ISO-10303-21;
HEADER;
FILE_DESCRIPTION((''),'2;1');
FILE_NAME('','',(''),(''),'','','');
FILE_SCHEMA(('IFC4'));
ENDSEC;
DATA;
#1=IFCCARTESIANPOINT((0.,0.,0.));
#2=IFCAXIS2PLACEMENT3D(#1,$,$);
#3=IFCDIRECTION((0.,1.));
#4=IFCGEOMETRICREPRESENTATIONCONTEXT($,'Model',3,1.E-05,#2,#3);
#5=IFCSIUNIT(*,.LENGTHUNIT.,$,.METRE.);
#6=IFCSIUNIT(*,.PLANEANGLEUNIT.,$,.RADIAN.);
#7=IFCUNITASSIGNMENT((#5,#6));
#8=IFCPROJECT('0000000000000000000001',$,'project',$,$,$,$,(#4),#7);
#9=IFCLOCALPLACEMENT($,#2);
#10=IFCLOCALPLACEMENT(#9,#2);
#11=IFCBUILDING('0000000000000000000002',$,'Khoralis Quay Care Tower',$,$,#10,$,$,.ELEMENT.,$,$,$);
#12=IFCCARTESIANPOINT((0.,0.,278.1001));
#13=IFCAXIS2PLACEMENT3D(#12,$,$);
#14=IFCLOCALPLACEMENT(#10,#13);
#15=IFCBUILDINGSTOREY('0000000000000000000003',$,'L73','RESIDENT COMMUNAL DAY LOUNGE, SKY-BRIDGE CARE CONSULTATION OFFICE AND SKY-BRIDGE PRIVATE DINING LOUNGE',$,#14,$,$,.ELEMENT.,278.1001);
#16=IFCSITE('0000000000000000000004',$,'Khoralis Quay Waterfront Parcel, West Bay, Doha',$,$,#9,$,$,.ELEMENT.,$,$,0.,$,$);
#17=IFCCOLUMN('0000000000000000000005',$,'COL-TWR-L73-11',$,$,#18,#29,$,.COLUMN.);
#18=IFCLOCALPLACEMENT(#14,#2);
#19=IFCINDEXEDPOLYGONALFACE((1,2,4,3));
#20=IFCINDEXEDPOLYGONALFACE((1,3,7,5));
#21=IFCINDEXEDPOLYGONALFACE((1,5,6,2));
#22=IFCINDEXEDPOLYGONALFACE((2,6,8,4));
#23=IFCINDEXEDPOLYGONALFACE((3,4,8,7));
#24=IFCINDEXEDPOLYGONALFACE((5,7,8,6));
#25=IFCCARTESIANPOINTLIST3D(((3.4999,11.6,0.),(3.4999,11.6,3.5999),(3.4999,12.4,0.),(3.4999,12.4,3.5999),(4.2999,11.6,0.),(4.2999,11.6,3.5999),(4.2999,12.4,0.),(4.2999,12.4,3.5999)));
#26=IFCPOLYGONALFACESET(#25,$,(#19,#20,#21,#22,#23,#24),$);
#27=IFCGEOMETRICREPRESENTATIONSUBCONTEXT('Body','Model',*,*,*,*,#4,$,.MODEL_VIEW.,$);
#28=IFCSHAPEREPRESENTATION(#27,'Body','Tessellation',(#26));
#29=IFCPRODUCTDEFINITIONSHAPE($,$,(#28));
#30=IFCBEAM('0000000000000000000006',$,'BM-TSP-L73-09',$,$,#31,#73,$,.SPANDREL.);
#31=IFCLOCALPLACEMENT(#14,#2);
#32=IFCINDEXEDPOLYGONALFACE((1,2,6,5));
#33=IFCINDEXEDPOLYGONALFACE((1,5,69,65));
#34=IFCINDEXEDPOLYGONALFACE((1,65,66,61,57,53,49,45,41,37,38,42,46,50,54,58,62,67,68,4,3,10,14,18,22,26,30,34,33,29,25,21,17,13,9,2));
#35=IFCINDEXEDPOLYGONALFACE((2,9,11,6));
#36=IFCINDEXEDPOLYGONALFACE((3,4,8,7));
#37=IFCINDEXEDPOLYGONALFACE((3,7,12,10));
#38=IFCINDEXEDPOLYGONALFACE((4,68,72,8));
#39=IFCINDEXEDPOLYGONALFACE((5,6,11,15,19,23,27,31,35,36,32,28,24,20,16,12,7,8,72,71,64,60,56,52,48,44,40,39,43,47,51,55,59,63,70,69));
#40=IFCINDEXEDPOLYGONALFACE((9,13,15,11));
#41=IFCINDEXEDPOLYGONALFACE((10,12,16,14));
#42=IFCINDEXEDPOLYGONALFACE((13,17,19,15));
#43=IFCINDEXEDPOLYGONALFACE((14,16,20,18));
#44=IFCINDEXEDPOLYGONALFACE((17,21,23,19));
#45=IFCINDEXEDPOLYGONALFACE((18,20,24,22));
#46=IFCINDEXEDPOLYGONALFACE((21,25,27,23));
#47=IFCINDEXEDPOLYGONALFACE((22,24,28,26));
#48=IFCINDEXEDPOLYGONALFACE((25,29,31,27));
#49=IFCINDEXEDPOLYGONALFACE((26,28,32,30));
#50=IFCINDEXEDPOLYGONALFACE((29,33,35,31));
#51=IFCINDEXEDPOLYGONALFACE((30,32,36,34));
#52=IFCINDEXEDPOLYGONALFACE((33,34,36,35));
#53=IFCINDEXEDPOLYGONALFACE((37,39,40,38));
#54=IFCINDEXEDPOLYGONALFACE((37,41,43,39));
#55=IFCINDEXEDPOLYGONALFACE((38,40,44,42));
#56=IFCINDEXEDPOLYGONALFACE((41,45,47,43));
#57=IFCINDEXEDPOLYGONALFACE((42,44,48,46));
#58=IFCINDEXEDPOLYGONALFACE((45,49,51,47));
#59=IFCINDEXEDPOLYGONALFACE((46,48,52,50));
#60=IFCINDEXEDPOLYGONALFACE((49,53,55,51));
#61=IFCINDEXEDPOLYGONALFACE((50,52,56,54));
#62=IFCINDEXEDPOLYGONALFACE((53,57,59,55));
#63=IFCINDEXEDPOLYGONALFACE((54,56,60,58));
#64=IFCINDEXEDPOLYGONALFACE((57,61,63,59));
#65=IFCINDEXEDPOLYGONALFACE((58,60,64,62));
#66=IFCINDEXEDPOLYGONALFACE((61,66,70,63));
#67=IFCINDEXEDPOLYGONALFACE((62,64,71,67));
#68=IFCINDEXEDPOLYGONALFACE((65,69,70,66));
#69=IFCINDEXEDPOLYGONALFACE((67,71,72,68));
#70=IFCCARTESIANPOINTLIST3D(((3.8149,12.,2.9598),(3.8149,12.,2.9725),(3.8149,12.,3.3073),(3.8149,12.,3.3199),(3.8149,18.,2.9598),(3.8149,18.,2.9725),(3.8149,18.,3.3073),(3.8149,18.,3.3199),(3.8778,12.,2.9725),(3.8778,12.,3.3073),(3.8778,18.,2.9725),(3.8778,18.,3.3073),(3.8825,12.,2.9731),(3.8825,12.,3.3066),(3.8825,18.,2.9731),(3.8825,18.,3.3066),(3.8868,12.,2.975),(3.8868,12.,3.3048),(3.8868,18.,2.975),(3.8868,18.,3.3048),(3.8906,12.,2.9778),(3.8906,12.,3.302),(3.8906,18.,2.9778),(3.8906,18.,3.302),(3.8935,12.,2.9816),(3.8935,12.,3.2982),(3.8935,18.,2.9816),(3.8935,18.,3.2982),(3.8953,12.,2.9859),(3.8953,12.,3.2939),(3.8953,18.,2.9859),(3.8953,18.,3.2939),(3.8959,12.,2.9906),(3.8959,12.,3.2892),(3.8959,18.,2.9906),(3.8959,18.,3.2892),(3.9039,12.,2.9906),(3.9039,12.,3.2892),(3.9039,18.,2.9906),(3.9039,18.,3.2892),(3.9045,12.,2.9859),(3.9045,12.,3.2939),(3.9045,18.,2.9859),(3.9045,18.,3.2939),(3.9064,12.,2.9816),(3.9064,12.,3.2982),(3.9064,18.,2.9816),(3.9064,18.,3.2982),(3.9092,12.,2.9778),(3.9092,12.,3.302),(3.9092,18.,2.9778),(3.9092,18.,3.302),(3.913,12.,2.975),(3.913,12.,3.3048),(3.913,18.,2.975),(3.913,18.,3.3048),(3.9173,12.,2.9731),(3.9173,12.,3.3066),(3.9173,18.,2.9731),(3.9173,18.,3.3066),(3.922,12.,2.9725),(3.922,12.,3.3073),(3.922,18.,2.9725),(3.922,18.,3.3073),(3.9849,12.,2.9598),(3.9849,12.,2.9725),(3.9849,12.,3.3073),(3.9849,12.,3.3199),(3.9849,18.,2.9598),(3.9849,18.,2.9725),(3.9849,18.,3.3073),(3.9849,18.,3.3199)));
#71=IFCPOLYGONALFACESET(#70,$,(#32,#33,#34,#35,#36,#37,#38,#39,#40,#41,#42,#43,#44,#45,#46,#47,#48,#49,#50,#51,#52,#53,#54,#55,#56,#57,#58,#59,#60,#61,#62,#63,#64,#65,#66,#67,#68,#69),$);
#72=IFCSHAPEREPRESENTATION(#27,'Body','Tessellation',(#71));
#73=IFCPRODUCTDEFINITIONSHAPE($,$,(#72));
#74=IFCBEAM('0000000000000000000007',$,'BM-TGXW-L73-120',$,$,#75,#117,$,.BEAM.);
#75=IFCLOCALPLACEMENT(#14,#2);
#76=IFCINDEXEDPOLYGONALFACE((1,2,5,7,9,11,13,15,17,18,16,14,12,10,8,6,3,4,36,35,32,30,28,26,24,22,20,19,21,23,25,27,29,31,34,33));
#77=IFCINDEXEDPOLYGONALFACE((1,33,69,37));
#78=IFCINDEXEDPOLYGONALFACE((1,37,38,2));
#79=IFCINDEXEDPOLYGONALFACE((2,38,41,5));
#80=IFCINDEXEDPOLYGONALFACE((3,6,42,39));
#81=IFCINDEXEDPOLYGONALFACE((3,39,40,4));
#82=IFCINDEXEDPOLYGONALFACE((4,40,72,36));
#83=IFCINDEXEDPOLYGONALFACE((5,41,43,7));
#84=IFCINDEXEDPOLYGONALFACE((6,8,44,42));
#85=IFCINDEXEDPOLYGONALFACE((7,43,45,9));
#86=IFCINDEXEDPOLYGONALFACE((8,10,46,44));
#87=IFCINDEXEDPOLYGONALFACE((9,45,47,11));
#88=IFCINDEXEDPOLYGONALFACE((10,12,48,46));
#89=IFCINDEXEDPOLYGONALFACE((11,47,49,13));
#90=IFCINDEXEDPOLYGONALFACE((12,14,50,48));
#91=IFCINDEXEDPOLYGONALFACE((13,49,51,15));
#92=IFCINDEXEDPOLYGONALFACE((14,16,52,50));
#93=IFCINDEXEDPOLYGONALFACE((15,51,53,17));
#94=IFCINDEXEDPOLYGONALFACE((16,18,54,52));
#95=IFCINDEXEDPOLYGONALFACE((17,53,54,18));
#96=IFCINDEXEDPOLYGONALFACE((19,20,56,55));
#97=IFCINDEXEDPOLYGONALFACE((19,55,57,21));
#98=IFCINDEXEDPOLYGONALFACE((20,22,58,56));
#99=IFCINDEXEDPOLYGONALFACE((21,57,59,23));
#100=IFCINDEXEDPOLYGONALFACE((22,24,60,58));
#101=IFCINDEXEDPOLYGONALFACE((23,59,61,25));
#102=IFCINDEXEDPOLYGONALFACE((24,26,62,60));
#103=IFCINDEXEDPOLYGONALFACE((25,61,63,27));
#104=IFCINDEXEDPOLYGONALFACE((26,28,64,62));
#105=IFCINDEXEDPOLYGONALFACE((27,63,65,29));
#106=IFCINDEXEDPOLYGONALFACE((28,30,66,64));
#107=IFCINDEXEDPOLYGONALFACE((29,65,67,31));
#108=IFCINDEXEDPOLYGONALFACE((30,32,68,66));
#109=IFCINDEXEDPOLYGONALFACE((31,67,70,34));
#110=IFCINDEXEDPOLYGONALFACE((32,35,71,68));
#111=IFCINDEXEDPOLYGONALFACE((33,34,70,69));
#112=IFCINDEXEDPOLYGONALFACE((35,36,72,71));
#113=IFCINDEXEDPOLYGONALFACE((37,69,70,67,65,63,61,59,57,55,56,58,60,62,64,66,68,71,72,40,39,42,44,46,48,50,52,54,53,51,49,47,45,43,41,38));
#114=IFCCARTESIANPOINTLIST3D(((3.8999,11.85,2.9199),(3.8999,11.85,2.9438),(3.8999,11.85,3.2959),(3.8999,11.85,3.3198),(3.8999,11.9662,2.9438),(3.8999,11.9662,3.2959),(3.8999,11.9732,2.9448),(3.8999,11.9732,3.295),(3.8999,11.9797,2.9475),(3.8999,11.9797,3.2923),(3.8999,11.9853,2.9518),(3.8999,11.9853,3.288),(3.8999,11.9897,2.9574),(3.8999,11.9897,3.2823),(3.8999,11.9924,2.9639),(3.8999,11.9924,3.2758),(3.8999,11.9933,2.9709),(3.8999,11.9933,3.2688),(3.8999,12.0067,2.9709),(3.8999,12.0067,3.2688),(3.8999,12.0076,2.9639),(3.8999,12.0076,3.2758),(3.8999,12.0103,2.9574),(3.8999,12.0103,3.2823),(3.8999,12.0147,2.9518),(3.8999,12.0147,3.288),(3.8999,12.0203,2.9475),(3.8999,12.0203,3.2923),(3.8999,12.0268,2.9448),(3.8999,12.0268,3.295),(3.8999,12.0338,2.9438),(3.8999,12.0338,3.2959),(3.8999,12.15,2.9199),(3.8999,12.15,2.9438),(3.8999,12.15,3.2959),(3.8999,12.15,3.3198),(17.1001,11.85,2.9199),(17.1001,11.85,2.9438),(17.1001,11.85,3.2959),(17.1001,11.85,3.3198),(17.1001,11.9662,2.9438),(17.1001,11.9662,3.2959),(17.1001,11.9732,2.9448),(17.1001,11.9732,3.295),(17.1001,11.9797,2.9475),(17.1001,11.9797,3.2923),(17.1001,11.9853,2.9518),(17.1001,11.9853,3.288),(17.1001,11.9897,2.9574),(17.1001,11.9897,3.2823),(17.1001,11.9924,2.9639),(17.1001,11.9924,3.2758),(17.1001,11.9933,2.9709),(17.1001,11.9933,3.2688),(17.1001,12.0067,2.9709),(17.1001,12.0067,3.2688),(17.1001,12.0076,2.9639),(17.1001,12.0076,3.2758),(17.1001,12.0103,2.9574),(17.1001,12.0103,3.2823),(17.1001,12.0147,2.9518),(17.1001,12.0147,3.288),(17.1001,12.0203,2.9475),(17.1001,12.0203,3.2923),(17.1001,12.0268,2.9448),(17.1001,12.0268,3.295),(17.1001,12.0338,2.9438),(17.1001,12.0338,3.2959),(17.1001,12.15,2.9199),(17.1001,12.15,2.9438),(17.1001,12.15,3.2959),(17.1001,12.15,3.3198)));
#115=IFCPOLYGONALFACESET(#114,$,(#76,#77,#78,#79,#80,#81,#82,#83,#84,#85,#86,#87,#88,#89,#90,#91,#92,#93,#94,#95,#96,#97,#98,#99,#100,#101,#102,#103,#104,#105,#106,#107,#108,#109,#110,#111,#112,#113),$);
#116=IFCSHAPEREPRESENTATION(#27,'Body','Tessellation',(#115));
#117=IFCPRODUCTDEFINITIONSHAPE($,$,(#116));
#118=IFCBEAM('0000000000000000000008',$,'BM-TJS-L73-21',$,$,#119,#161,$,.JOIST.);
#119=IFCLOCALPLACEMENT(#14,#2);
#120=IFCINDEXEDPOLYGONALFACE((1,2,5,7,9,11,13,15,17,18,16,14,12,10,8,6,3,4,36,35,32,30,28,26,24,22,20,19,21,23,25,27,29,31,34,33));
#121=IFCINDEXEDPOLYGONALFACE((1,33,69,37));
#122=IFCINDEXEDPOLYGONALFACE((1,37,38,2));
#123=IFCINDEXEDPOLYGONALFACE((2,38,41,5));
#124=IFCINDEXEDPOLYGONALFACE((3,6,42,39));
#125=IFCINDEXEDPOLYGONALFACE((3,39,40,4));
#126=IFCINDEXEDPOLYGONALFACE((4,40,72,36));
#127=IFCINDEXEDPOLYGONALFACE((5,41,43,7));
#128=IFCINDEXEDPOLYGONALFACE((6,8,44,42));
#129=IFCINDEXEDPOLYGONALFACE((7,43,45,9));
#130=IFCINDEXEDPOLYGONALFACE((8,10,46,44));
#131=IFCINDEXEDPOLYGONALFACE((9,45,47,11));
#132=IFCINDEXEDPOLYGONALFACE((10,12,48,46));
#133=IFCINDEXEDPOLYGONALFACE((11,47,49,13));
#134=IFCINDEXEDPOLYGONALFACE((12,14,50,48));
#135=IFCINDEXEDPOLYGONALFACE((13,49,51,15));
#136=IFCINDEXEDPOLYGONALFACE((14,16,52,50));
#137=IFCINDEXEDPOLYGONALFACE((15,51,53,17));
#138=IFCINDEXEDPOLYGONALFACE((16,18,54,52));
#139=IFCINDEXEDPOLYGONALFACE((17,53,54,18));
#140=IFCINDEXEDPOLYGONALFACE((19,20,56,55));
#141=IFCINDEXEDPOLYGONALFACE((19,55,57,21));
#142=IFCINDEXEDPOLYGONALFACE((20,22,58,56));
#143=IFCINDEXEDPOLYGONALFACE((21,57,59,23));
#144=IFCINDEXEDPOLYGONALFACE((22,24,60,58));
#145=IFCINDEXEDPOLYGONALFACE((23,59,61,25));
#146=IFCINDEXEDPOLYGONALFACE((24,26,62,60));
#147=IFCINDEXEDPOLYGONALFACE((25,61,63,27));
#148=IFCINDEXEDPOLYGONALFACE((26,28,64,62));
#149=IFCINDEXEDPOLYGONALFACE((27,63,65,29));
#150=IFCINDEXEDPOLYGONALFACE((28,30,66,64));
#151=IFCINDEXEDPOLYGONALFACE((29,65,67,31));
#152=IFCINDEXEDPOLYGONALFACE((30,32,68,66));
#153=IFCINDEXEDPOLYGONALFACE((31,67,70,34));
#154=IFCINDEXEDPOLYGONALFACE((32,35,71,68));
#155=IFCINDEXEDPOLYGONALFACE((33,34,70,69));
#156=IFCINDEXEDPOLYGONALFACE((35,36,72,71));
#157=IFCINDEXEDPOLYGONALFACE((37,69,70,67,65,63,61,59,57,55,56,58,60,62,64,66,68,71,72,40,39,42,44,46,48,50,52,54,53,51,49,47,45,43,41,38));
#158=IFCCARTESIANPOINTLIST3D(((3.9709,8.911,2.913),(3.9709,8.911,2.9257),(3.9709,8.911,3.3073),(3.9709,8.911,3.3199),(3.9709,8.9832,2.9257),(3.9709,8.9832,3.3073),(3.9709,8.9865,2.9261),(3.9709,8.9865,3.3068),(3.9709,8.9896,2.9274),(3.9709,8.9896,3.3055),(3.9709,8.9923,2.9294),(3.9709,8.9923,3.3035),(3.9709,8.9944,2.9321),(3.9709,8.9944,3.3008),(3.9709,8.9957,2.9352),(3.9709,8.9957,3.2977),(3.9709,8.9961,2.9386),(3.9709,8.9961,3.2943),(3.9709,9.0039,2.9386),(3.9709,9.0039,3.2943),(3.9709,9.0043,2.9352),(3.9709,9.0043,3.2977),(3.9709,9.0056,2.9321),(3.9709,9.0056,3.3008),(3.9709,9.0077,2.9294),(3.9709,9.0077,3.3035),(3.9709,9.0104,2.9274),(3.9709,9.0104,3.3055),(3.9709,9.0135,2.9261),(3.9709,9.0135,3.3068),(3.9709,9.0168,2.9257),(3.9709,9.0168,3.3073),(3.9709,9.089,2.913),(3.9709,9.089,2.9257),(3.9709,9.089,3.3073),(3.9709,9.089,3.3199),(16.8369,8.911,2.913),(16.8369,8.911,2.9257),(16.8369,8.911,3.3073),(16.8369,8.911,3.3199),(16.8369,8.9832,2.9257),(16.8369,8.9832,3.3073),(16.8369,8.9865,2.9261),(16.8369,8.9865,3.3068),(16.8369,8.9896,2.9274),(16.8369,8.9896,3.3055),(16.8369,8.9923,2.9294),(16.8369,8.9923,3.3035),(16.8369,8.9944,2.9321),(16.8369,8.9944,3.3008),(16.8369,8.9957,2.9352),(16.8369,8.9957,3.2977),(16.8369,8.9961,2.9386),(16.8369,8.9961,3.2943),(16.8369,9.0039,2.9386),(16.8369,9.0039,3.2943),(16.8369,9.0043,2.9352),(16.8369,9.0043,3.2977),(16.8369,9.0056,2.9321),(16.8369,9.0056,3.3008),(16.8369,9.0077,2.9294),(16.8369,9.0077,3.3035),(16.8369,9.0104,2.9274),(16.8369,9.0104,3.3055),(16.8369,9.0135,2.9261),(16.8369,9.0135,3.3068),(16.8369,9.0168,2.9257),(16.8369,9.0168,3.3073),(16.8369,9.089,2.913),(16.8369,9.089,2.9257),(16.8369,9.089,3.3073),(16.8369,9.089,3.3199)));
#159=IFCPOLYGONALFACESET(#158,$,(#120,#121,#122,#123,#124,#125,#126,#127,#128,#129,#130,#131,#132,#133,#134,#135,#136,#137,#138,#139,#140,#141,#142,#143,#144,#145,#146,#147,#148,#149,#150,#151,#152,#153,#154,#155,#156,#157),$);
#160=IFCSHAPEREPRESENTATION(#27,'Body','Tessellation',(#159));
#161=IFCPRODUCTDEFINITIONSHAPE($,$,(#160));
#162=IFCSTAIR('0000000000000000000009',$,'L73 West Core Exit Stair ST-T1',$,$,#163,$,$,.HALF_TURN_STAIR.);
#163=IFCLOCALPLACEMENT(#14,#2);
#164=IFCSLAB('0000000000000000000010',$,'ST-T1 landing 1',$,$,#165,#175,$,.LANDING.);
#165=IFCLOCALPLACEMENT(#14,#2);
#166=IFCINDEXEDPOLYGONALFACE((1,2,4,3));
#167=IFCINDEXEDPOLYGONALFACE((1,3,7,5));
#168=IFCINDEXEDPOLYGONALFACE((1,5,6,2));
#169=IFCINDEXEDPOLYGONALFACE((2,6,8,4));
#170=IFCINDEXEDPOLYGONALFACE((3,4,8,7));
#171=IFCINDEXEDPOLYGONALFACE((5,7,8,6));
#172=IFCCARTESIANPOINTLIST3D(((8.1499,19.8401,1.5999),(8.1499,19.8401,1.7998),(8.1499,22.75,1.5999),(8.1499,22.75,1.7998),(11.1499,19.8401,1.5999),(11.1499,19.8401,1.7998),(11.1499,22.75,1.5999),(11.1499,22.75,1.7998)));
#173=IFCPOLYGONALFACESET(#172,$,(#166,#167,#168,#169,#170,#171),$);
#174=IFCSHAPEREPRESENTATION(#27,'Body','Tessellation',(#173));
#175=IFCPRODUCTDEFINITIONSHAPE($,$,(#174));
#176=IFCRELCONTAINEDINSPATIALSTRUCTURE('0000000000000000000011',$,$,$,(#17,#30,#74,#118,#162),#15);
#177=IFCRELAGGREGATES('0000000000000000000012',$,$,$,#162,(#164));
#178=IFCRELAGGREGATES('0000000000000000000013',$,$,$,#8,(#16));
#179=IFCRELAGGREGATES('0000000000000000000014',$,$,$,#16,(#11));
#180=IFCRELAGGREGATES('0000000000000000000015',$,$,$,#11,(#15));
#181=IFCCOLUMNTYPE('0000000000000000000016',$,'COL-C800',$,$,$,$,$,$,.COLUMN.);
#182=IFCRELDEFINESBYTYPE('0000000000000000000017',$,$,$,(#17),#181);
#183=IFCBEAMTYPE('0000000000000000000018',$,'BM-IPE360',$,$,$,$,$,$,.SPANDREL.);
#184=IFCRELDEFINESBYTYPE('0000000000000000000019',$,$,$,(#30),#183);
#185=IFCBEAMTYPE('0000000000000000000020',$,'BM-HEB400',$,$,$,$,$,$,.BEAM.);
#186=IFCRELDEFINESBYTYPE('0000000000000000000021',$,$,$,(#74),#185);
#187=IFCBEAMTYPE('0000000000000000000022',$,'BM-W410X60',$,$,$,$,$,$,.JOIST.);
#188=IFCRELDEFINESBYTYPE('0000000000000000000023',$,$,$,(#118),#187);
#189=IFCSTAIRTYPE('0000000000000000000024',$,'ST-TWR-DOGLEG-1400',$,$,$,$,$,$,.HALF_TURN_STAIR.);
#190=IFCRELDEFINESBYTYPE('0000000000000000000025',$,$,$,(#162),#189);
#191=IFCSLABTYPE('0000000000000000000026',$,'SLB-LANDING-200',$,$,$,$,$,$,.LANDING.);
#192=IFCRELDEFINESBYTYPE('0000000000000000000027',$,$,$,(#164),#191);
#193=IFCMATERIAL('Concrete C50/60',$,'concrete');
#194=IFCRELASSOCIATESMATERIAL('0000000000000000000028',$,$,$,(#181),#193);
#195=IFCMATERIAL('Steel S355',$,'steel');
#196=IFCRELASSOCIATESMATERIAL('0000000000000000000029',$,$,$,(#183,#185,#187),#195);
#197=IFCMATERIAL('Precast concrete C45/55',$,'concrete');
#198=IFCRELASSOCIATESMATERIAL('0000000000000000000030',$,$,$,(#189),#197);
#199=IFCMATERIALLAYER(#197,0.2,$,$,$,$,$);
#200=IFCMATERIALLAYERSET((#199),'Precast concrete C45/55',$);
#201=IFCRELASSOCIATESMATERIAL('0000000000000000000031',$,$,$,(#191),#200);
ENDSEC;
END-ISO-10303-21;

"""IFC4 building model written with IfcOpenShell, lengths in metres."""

from ifc_helpers import new_model, si_unit, direction, frame, origin, origin_2d, place, context, subcontext, project, spatial, polyline, rectangle, i_section, outline, extrude, source, transform, mapped, material, layer, layer_set, material_profile, profile_set, type_object, element, aggregate, save


model = new_model("IFC4")

# Units and contexts
model_context = context("Model", 3, precision=1e-05, world=origin(), true_north=direction((0.0, 1.0)))
body_context = subcontext(model_context, "Body", "Model", "MODEL_VIEW")
ifc_project = project(units=[si_unit("LENGTHUNIT", "METRE"), si_unit("PLANEANGLEUNIT", "RADIAN")], contexts=[model_context])

# Site, building, storey
site_placement = place(None, origin())
site = spatial("IfcSite", under=ifc_project, at=site_placement, Name="Khoralis Quay Waterfront Parcel, West Bay, Doha", CompositionType="ELEMENT", RefElevation=0.0)
building_placement = place(site_placement, origin())
building = spatial("IfcBuilding", under=site, at=building_placement, Name="Khoralis Quay Care Tower", CompositionType="ELEMENT")
storey_placement = place(building_placement, frame((0.0, 0.0, 278.1001)))
storey = spatial("IfcBuildingStorey", under=building, at=storey_placement, Name="L73", Description="RESIDENT COMMUNAL DAY LOUNGE, SKY-BRIDGE CARE CONSULTATION OFFICE AND SKY-BRIDGE PRIVATE DINING LOUNGE", CompositionType="ELEMENT", Elevation=278.1001)

# Column
ifc_material_1 = material(Name="Concrete C50/60", Category="concrete")
ifc_material_profile_1 = material_profile(ifc_material_1, rectangle(XDim=0.8, YDim=0.8, at=origin_2d()), Name="Concrete C50/60")
ifc_profile_set_1 = profile_set([ifc_material_profile_1], Name="Concrete C50/60")
column_type = type_object("IfcColumnType", Name="COL-C800", PredefinedType="COLUMN", material=ifc_profile_set_1)
shared_shape_1 = source(origin(), body_context, "Body", "SweptSolid", [
    extrude(rectangle(XDim=0.8, YDim=0.8, at=origin_2d()), origin(), (0.0, 0.0, 1.0), 3.5999),
])
column_placement = place(storey_placement, frame((3.8999, 12.0, 0.0), z_axis=(0.0, 0.0, 1.0), x_axis=(1.0, 0.0, 0.0)))
element("IfcColumn", 1, at=column_placement, inside=storey, type_object=column_type, Name="COL-TWR-L73-11", PredefinedType="COLUMN", context=body_context, shape_type="MappedRepresentation", body=[
    mapped(shared_shape_1, transform((0.0, 0.0, 0.0), scale=1.0)),
])

# Beams
ifc_material_2 = material(Name="Steel S355", Category="steel")
ifc_material_profile_2 = material_profile(ifc_material_2, i_section(OverallWidth=0.1699, OverallDepth=0.3601, WebThickness=0.0081, FlangeThickness=0.0127, FilletRadius=0.0181, at=origin_2d()), Name="Steel S355")
ifc_profile_set_2 = profile_set([ifc_material_profile_2], Name="Steel S355")
beam_type_1 = type_object("IfcBeamType", Name="BM-IPE360", PredefinedType="SPANDREL", material=ifc_profile_set_2)
shared_shape_2 = source(origin(), body_context, "Body", "SweptSolid", [
    extrude(i_section(OverallWidth=0.1699, OverallDepth=0.3601, WebThickness=0.0081, FlangeThickness=0.0127, FilletRadius=0.0181, at=origin_2d()), origin(), (0.0, 0.0, 1.0), 6.0),
])
beam_1_placement = place(storey_placement, frame((3.8999, 12.0, 3.1399), z_axis=(0.0, 1.0, 0.0), x_axis=(-1.0, 0.0, 0.0)))
element("IfcBeam", 2, at=beam_1_placement, inside=storey, type_object=beam_type_1, Name="BM-TSP-L73-09", PredefinedType="SPANDREL", context=body_context, shape_type="MappedRepresentation", body=[
    mapped(shared_shape_2, transform((0.0, 0.0, 0.0), scale=1.0)),
])
ifc_material_profile_3 = material_profile(ifc_material_2, i_section(OverallWidth=0.3, OverallDepth=0.3999, WebThickness=0.0134, FlangeThickness=0.0239, FilletRadius=0.0271, at=origin_2d()), Name="Steel S355")
ifc_profile_set_3 = profile_set([ifc_material_profile_3], Name="Steel S355")
beam_type_2 = type_object("IfcBeamType", Name="BM-HEB400", PredefinedType="BEAM", material=ifc_profile_set_3)
shared_shape_3 = source(origin(), body_context, "Body", "SweptSolid", [
    extrude(i_section(OverallWidth=0.3, OverallDepth=0.3999, WebThickness=0.0134, FlangeThickness=0.0239, FilletRadius=0.0271, at=origin_2d()), origin(), (0.0, 0.0, 1.0), 13.2002),
])
beam_2_placement = place(storey_placement, frame((3.8999, 12.0, 3.1199), z_axis=(1.0, 0.0, 0.0), x_axis=(0.0, 1.0, 0.0)))
element("IfcBeam", 3, at=beam_2_placement, inside=storey, type_object=beam_type_2, Name="BM-TGXW-L73-120", PredefinedType="BEAM", context=body_context, shape_type="MappedRepresentation", body=[
    mapped(shared_shape_3, transform((0.0, 0.0, 0.0), scale=1.0)),
])
ifc_material_profile_4 = material_profile(ifc_material_2, i_section(OverallWidth=0.178, OverallDepth=0.407, WebThickness=0.0078, FlangeThickness=0.0127, FilletRadius=0.0129, at=origin_2d()), Name="Steel S355")
ifc_profile_set_4 = profile_set([ifc_material_profile_4], Name="Steel S355")
beam_type_3 = type_object("IfcBeamType", Name="BM-W410X60", PredefinedType="JOIST", material=ifc_profile_set_4)
shared_shape_4 = source(origin(), body_context, "Body", "SweptSolid", [
    extrude(i_section(OverallWidth=0.178, OverallDepth=0.407, WebThickness=0.0078, FlangeThickness=0.0127, FilletRadius=0.0129, at=origin_2d()), origin(), (0.0, 0.0, 1.0), 12.866),
])
beam_3_placement = place(storey_placement, frame((3.9709, 9.0, 3.1165), z_axis=(1.0, 0.0, 0.0), x_axis=(0.0, 1.0, 0.0)))
element("IfcBeam", 4, at=beam_3_placement, inside=storey, type_object=beam_type_3, Name="BM-TJS-L73-21", PredefinedType="JOIST", context=body_context, shape_type="MappedRepresentation", body=[
    mapped(shared_shape_4, transform((0.0, 0.0, 0.0), scale=1.0)),
])

# Stair, slab
ifc_material_3 = material(Name="Precast concrete C45/55", Category="concrete")
stair_type = type_object("IfcStairType", Name="ST-TWR-DOGLEG-1400", PredefinedType="HALF_TURN_STAIR", material=ifc_material_3)
stair_1_placement = place(storey_placement, origin())
stair_1 = element("IfcStair", 5, at=stair_1_placement, inside=storey, type_object=stair_type, Name="L73 West Core Exit Stair ST-T1", PredefinedType="HALF_TURN_STAIR")
ifc_layer_1 = layer(ifc_material_3, 0.2)
ifc_layer_set_1 = layer_set([ifc_layer_1], Name="Precast concrete C45/55")
slab_type_1 = type_object("IfcSlabType", Name="SLB-LANDING-200", PredefinedType="LANDING", material=ifc_layer_set_1)
slab_1_placement = place(storey_placement, frame((0.0, 0.0, 1.5999)))
slab_1 = element("IfcSlab", 6, at=slab_1_placement, type_object=slab_type_1, Name="ST-T1 landing 1", PredefinedType="LANDING", context=body_context, shape_type="SweptSolid", body=[
    extrude(outline(polyline([(11.1499, 19.8401), (11.1499, 22.75), (8.1499, 22.75), (8.1499, 19.8401), (11.1499, 19.8401)])), origin(), (0.0, 0.0, 1.0), 0.2),
])
aggregate(stair_1, [slab_1])

save(model, "model.ifc")
